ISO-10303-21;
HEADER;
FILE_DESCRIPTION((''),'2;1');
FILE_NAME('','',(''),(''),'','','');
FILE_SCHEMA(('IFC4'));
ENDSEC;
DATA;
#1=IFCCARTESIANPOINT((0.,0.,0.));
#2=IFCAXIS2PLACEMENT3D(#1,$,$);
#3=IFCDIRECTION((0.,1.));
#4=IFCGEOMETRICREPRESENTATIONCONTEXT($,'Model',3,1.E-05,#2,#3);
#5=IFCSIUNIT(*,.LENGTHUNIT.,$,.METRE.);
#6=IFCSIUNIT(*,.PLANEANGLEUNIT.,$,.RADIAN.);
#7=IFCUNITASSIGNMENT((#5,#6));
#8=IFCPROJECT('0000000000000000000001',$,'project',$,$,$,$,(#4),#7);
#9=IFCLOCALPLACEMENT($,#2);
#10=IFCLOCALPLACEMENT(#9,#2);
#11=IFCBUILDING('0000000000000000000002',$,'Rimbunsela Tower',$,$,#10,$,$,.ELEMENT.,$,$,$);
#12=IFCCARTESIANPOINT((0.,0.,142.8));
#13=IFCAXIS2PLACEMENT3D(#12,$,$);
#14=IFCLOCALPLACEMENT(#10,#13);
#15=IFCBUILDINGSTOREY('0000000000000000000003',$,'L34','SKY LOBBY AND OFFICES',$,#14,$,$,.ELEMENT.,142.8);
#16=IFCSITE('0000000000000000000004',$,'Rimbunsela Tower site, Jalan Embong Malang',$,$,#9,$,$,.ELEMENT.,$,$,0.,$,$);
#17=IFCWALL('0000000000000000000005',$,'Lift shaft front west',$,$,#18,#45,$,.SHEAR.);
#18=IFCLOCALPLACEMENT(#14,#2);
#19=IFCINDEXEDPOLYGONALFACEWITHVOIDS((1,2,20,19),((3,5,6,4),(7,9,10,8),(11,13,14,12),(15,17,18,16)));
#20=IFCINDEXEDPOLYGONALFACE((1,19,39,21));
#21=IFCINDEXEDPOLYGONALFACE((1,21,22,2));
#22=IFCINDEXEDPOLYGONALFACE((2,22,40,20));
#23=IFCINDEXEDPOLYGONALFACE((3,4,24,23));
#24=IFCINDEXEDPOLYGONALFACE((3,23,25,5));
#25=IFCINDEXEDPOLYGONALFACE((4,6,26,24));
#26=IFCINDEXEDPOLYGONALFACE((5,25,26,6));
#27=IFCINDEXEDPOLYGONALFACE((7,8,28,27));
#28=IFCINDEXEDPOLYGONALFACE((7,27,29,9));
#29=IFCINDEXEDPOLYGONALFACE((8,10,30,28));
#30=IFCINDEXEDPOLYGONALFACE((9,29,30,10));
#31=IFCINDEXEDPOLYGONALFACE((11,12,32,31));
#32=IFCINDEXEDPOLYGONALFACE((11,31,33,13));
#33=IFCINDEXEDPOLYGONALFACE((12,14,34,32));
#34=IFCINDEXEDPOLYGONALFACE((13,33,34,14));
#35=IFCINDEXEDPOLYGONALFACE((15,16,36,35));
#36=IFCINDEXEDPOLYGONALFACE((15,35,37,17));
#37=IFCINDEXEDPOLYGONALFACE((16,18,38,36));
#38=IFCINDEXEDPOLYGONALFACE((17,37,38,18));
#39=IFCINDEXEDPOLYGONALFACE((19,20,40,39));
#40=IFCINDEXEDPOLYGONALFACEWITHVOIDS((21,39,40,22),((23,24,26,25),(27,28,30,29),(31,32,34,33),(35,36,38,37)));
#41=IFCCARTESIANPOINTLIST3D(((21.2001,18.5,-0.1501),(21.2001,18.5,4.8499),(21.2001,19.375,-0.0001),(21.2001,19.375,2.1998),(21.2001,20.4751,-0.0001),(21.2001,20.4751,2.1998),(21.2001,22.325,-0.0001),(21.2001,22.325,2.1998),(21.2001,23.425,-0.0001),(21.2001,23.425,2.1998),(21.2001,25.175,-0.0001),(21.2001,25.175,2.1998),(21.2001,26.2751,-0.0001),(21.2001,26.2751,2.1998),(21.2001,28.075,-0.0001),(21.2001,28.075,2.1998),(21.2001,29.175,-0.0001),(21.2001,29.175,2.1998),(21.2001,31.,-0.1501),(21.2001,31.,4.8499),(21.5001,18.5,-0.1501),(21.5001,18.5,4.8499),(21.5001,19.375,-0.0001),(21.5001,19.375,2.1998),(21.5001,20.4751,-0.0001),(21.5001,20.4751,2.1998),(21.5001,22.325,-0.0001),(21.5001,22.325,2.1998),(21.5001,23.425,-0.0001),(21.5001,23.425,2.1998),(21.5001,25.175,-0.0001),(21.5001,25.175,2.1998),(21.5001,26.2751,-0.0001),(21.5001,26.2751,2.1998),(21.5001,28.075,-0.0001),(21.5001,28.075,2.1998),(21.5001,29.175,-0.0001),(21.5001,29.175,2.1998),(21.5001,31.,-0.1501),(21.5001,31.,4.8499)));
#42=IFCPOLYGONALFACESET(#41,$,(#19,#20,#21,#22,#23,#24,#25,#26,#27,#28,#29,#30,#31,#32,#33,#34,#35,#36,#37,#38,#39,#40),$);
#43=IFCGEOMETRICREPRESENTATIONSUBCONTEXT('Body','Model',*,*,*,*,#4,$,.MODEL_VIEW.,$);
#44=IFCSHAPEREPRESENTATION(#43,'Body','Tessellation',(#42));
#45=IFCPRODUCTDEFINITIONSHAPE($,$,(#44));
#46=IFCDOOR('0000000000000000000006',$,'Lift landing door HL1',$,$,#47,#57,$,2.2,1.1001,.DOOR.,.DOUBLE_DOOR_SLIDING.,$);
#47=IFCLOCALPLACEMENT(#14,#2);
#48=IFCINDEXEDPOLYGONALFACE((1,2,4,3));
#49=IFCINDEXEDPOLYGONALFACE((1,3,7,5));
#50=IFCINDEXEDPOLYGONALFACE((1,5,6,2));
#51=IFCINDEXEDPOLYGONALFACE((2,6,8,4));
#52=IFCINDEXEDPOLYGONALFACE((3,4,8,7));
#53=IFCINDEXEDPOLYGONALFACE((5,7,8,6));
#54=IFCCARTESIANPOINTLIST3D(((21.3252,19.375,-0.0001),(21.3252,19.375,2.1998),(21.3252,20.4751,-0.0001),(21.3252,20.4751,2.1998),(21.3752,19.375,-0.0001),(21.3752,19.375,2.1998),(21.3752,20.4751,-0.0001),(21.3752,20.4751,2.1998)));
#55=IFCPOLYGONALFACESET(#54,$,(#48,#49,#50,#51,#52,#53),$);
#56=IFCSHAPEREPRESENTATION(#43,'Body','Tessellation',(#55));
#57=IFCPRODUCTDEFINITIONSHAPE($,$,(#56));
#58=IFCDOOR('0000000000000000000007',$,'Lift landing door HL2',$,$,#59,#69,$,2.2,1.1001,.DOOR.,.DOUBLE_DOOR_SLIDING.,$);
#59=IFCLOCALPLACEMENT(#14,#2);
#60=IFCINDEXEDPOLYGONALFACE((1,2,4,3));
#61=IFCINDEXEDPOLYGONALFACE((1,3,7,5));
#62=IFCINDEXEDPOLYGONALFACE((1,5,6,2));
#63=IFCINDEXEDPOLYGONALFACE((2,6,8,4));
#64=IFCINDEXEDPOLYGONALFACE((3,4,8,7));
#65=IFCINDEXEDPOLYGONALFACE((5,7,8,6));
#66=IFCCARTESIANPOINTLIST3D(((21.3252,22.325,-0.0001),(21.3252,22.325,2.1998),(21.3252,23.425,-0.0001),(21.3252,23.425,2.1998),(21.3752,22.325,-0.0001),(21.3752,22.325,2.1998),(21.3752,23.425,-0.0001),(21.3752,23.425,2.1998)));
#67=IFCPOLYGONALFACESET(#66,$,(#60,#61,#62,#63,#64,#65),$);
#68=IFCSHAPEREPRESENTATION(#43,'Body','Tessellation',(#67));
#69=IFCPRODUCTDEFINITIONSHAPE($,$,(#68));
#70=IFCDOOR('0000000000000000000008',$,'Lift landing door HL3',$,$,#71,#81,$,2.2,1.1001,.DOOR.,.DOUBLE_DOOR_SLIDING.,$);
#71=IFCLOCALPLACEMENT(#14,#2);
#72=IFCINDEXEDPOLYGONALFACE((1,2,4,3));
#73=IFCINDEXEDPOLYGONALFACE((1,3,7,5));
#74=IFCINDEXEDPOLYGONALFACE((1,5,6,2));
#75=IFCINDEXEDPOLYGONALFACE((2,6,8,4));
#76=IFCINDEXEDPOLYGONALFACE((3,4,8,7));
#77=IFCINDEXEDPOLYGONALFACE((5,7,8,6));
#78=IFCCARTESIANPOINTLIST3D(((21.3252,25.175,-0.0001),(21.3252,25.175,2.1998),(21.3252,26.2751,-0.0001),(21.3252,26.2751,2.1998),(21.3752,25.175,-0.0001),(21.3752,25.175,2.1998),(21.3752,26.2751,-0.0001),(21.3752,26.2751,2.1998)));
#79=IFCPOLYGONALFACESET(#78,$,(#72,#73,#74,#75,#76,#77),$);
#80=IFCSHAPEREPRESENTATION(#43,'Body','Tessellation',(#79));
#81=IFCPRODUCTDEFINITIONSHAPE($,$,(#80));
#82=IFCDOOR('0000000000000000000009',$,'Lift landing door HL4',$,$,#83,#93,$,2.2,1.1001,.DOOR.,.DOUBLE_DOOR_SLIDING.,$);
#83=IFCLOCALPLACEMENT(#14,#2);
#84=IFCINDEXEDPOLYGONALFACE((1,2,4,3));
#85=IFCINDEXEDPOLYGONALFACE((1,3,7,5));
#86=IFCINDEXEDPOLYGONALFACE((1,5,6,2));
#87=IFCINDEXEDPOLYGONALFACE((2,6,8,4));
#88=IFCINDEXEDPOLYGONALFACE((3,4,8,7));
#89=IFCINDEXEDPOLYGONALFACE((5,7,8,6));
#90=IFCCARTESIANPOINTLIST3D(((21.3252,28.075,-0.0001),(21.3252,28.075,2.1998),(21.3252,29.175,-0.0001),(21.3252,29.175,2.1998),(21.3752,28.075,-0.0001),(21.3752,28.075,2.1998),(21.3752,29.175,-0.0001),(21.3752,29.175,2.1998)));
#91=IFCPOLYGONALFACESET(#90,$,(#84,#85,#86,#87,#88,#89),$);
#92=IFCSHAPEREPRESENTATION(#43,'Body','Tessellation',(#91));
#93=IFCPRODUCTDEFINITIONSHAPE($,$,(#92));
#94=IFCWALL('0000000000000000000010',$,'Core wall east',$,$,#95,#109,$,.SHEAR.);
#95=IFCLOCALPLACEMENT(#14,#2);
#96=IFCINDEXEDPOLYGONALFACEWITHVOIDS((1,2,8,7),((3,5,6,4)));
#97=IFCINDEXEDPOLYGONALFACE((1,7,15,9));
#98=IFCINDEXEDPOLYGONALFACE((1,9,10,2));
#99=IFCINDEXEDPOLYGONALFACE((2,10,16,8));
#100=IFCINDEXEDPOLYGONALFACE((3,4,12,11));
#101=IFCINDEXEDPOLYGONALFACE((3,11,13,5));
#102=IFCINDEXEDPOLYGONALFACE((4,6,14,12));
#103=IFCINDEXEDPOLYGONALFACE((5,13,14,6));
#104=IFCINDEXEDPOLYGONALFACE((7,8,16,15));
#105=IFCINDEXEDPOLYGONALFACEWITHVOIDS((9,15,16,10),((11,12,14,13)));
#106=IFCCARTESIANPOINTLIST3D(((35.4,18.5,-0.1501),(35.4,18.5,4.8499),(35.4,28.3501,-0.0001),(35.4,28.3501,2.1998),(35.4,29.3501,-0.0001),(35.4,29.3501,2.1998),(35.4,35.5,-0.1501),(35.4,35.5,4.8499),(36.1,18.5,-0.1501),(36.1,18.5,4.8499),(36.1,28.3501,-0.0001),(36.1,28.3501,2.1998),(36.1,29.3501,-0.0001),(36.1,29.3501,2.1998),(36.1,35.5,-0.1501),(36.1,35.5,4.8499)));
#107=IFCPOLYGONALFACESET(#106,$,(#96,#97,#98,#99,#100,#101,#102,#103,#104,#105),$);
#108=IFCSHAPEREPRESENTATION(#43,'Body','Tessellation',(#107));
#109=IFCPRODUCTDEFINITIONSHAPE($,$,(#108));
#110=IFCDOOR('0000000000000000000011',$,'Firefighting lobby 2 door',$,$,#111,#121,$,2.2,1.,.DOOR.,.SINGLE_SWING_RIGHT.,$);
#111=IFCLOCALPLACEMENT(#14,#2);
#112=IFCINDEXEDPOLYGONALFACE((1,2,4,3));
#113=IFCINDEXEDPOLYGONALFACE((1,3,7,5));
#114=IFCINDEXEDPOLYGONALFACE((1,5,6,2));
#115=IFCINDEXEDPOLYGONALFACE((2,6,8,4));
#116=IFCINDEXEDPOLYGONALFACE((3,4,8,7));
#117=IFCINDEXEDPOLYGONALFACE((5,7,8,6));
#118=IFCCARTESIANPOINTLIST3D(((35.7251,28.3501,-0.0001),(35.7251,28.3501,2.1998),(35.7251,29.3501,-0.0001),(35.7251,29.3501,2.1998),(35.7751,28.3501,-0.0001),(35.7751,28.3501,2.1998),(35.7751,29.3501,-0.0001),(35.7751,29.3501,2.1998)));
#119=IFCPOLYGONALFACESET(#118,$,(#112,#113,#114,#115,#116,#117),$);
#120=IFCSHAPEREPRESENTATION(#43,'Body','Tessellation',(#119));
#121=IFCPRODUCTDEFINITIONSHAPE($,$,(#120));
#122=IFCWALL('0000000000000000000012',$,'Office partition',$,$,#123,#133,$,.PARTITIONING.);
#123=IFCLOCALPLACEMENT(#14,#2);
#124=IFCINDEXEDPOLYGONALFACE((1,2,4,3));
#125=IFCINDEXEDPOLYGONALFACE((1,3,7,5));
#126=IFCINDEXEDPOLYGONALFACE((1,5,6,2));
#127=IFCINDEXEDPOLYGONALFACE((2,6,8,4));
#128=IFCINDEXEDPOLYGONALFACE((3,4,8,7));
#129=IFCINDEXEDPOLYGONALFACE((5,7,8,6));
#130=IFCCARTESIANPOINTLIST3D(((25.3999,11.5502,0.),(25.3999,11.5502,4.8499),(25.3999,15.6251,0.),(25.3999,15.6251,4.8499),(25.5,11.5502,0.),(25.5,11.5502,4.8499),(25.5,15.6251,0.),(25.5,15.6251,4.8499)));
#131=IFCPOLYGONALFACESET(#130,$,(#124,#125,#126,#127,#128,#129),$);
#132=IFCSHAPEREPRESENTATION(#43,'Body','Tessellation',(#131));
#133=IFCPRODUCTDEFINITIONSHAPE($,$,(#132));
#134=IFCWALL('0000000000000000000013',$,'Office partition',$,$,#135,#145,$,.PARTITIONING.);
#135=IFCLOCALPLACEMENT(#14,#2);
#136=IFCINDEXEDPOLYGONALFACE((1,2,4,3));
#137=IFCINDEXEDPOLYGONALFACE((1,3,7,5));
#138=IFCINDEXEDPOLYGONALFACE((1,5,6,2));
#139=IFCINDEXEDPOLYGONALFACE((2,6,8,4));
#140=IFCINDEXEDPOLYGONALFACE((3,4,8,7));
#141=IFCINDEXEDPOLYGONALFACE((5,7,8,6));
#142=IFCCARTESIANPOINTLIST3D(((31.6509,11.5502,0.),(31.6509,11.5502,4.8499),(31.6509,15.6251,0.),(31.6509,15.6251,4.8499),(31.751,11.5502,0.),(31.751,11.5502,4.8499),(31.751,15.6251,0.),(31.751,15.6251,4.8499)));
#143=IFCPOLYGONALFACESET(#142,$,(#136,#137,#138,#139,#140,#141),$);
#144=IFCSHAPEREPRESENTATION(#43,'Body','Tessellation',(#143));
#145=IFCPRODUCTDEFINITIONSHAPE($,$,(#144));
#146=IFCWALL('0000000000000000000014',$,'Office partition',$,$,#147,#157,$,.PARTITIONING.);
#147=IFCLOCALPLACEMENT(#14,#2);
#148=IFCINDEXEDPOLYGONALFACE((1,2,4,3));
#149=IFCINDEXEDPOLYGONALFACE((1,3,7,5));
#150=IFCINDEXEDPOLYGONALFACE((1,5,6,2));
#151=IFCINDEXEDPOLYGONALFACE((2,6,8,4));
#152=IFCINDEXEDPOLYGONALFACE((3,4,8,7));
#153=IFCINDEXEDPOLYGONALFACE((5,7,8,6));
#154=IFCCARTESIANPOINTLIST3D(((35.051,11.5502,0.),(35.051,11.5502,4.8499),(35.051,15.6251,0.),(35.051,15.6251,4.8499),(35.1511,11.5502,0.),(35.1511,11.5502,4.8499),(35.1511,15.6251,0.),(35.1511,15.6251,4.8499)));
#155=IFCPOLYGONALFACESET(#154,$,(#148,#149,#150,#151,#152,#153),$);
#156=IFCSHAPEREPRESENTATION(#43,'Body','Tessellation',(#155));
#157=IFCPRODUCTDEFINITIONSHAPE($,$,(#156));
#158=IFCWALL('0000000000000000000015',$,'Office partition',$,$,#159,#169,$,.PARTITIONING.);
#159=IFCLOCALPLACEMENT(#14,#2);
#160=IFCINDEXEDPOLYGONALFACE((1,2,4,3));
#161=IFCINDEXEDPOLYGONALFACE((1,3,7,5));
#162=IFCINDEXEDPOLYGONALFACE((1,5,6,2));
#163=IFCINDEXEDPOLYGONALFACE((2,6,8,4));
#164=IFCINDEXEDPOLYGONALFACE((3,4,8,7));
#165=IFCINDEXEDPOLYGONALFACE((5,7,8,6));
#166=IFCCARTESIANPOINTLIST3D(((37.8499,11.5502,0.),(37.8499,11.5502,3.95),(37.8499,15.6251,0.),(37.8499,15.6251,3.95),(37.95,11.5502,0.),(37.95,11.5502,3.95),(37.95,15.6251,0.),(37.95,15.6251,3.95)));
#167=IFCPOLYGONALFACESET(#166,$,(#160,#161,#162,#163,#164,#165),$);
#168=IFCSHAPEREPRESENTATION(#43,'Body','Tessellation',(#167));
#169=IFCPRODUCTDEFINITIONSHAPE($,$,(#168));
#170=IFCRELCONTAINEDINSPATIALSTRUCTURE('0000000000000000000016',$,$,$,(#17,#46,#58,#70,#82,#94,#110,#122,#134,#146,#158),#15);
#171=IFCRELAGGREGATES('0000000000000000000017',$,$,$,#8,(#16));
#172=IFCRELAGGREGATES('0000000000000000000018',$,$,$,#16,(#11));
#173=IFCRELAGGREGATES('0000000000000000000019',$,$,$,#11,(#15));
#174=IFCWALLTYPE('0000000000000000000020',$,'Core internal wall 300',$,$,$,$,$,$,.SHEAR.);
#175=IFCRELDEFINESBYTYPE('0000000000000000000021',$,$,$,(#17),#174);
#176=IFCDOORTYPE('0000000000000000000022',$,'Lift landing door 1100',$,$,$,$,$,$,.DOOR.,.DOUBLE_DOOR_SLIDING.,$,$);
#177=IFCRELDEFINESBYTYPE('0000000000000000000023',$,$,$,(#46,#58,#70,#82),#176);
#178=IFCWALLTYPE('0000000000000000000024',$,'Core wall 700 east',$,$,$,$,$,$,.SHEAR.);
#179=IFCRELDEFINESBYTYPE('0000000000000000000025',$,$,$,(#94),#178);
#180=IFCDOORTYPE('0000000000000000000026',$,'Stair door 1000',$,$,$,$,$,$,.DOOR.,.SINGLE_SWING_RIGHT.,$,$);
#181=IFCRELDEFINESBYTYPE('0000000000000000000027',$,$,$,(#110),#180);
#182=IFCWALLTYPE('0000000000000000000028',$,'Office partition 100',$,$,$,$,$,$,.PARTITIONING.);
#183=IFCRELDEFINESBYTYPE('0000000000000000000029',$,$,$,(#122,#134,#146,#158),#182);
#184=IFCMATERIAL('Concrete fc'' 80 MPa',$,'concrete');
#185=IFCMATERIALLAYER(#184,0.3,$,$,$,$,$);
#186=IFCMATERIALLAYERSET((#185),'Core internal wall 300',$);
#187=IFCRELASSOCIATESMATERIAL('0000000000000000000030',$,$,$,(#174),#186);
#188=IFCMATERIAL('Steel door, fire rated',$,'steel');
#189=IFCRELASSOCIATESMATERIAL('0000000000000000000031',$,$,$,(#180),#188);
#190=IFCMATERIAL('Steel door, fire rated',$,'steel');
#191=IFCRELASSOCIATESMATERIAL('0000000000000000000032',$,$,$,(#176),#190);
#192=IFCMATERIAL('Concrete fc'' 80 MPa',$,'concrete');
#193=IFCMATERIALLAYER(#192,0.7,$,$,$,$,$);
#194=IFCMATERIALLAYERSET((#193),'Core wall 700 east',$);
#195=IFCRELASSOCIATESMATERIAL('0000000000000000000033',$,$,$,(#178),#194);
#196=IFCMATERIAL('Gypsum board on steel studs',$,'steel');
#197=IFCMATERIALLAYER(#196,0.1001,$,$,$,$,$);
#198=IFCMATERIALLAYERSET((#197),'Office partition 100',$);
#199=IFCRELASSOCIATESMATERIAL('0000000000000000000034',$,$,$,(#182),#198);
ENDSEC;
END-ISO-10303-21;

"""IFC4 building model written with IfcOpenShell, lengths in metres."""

from ifc_helpers import new_model, si_unit, direction, frame, frame_2d, origin, place, context, subcontext, project, spatial, rectangle, extrude, material, layer, layer_set, type_object, element, fill, save


model = new_model("IFC4")

# Units and contexts
model_context = context("Model", 3, precision=1e-05, world=origin(), true_north=direction((0.0, 1.0)))
body_context = subcontext(model_context, "Body", "Model", "MODEL_VIEW")
ifc_project = project(units=[si_unit("LENGTHUNIT", "METRE"), si_unit("PLANEANGLEUNIT", "RADIAN")], contexts=[model_context])

# Site, building, storey
site_placement = place(None, origin())
site = spatial("IfcSite", under=ifc_project, at=site_placement, Name="Rimbunsela Tower site, Jalan Embong Malang", CompositionType="ELEMENT", RefElevation=0.0)
building_placement = place(site_placement, origin())
building = spatial("IfcBuilding", under=site, at=building_placement, Name="Rimbunsela Tower", CompositionType="ELEMENT")
storey_placement = place(building_placement, frame((0.0, 0.0, 142.8)))
storey = spatial("IfcBuildingStorey", under=building, at=storey_placement, Name="L34", Description="SKY LOBBY AND OFFICES", CompositionType="ELEMENT", Elevation=142.8)

# Shared definitions
ifc_material_1 = material(Name="Concrete fc' 80 MPa", Category="concrete")
ifc_layer_1 = layer(ifc_material_1, 0.3)
ifc_layer_set_1 = layer_set([ifc_layer_1], Name="Core internal wall 300")
wall_type_1 = type_object("IfcWallType", Name="Core internal wall 300", PredefinedType="SHEAR", material=ifc_layer_set_1)
ifc_material_2 = material(Name="Steel door, fire rated", Category="steel")
door_type_1 = type_object("IfcDoorType", Name="Stair door 1000", OperationType="SINGLE_SWING_RIGHT", PredefinedType="DOOR", material=ifc_material_2)

# Wall, openings, doors
wall_1_placement = place(storey_placement, frame((21.3501, 18.5, -0.1501), z_axis=(0.0, 0.0, 1.0), x_axis=(0.0, 1.0, 0.0)))
wall_1 = element("IfcWall", 1, at=wall_1_placement, inside=storey, type_object=wall_type_1, Name="Lift shaft front west", PredefinedType="SHEAR", context=body_context, shape_type="SweptSolid", body=[
    extrude(rectangle(XDim=12.5, YDim=0.3, at=frame_2d((6.25, 0.0))), origin(), (0.0, 0.0, 1.0), 5.0),
])
opening_1_placement = place(wall_1_placement, frame((0.875, 0.0, 0.1499)))
opening_1 = element("IfcOpeningElement", 2, at=opening_1_placement, cuts=wall_1, PredefinedType="OPENING", context=body_context, shape_type="SweptSolid", body=[
    extrude(rectangle(XDim=1.1001, YDim=2.2, at=frame_2d((0.55, 1.1001))), frame((0.0, 0.1599, 0.0), z_axis=(0.0, -1.0, 0.0), x_axis=(1.0, 0.0, 0.0)), (0.0, 0.0, 1.0), 0.3201),
])
opening_2_placement = place(wall_1_placement, frame((3.825, 0.0, 0.1499)))
opening_2 = element("IfcOpeningElement", 3, at=opening_2_placement, cuts=wall_1, PredefinedType="OPENING", context=body_context, shape_type="SweptSolid", body=[
    extrude(rectangle(XDim=1.1001, YDim=2.2, at=frame_2d((0.55, 1.1001))), frame((0.0, 0.1599, 0.0), z_axis=(0.0, -1.0, 0.0), x_axis=(1.0, 0.0, 0.0)), (0.0, 0.0, 1.0), 0.3201),
])
opening_3_placement = place(wall_1_placement, frame((6.675, 0.0, 0.1499)))
opening_3 = element("IfcOpeningElement", 4, at=opening_3_placement, cuts=wall_1, PredefinedType="OPENING", context=body_context, shape_type="SweptSolid", body=[
    extrude(rectangle(XDim=1.1001, YDim=2.2, at=frame_2d((0.55, 1.1001))), frame((0.0, 0.1599, 0.0), z_axis=(0.0, -1.0, 0.0), x_axis=(1.0, 0.0, 0.0)), (0.0, 0.0, 1.0), 0.3201),
])
opening_4_placement = place(wall_1_placement, frame((9.575, 0.0, 0.1499)))
opening_4 = element("IfcOpeningElement", 5, at=opening_4_placement, cuts=wall_1, PredefinedType="OPENING", context=body_context, shape_type="SweptSolid", body=[
    extrude(rectangle(XDim=1.1001, YDim=2.2, at=frame_2d((0.55, 1.1001))), frame((0.0, 0.1599, 0.0), z_axis=(0.0, -1.0, 0.0), x_axis=(1.0, 0.0, 0.0)), (0.0, 0.0, 1.0), 0.3201),
])
ifc_material_3 = material(Name="Steel door, fire rated", Category="steel")
door_type_2 = type_object("IfcDoorType", Name="Lift landing door 1100", OperationType="DOUBLE_DOOR_SLIDING", PredefinedType="DOOR", material=ifc_material_3)
door_1_placement = place(opening_1_placement, origin())
door_1 = element("IfcDoor", 6, at=door_1_placement, inside=storey, type_object=door_type_2, Name="Lift landing door HL1", OperationType="DOUBLE_DOOR_SLIDING", OverallHeight=2.2, OverallWidth=1.1001, PredefinedType="DOOR", context=body_context, shape_type="SweptSolid", body=[
    extrude(rectangle(XDim=1.1001, YDim=2.2, at=frame_2d((0.55, 1.1001))), frame((0.0, 0.0249, 0.0), z_axis=(0.0, -1.0, 0.0), x_axis=(1.0, 0.0, 0.0)), (0.0, 0.0, 1.0), 0.05),
])
fill(opening_1, door_1)
door_2_placement = place(opening_2_placement, origin())
door_2 = element("IfcDoor", 7, at=door_2_placement, inside=storey, type_object=door_type_2, Name="Lift landing door HL2", OperationType="DOUBLE_DOOR_SLIDING", OverallHeight=2.2, OverallWidth=1.1001, PredefinedType="DOOR", context=body_context, shape_type="SweptSolid", body=[
    extrude(rectangle(XDim=1.1001, YDim=2.2, at=frame_2d((0.55, 1.1001))), frame((0.0, 0.0249, 0.0), z_axis=(0.0, -1.0, 0.0), x_axis=(1.0, 0.0, 0.0)), (0.0, 0.0, 1.0), 0.05),
])
fill(opening_2, door_2)
door_3_placement = place(opening_3_placement, origin())
door_3 = element("IfcDoor", 8, at=door_3_placement, inside=storey, type_object=door_type_2, Name="Lift landing door HL3", OperationType="DOUBLE_DOOR_SLIDING", OverallHeight=2.2, OverallWidth=1.1001, PredefinedType="DOOR", context=body_context, shape_type="SweptSolid", body=[
    extrude(rectangle(XDim=1.1001, YDim=2.2, at=frame_2d((0.55, 1.1001))), frame((0.0, 0.0249, 0.0), z_axis=(0.0, -1.0, 0.0), x_axis=(1.0, 0.0, 0.0)), (0.0, 0.0, 1.0), 0.05),
])
fill(opening_3, door_3)
door_4_placement = place(opening_4_placement, origin())
door_4 = element("IfcDoor", 9, at=door_4_placement, inside=storey, type_object=door_type_2, Name="Lift landing door HL4", OperationType="DOUBLE_DOOR_SLIDING", OverallHeight=2.2, OverallWidth=1.1001, PredefinedType="DOOR", context=body_context, shape_type="SweptSolid", body=[
    extrude(rectangle(XDim=1.1001, YDim=2.2, at=frame_2d((0.55, 1.1001))), frame((0.0, 0.0249, 0.0), z_axis=(0.0, -1.0, 0.0), x_axis=(1.0, 0.0, 0.0)), (0.0, 0.0, 1.0), 0.05),
])
fill(opening_4, door_4)

# Wall, opening, door
ifc_material_4 = material(Name="Concrete fc' 80 MPa", Category="concrete")
ifc_layer_2 = layer(ifc_material_4, 0.7)
ifc_layer_set_2 = layer_set([ifc_layer_2], Name="Core wall 700 east")
wall_type_2 = type_object("IfcWallType", Name="Core wall 700 east", PredefinedType="SHEAR", material=ifc_layer_set_2)
wall_2_placement = place(storey_placement, frame((35.75, 18.5, -0.1501), z_axis=(0.0, 0.0, 1.0), x_axis=(0.0, 1.0, 0.0)))
wall_2 = element("IfcWall", 10, at=wall_2_placement, inside=storey, type_object=wall_type_2, Name="Core wall east", PredefinedType="SHEAR", context=body_context, shape_type="SweptSolid", body=[
    extrude(rectangle(XDim=17.0, YDim=0.7, at=frame_2d((8.5, 0.0))), origin(), (0.0, 0.0, 1.0), 5.0),
])
opening_5_placement = place(wall_2_placement, frame((9.8501, 0.0, 0.1499)))
opening_5 = element("IfcOpeningElement", 11, at=opening_5_placement, cuts=wall_2, PredefinedType="OPENING", context=body_context, shape_type="SweptSolid", body=[
    extrude(rectangle(XDim=1.0, YDim=2.2, at=frame_2d((0.5, 1.1001))), frame((0.0, 0.3599, 0.0), z_axis=(0.0, -1.0, 0.0), x_axis=(1.0, 0.0, 0.0)), (0.0, 0.0, 1.0), 0.72),
])
door_5_placement = place(opening_5_placement, origin())
door_5 = element("IfcDoor", 12, at=door_5_placement, inside=storey, type_object=door_type_1, Name="Firefighting lobby 2 door", OperationType="SINGLE_SWING_RIGHT", OverallHeight=2.2, OverallWidth=1.0, PredefinedType="DOOR", context=body_context, shape_type="SweptSolid", body=[
    extrude(rectangle(XDim=1.0, YDim=2.2, at=frame_2d((0.5, 1.1001))), frame((0.0, 0.0249, 0.0), z_axis=(0.0, -1.0, 0.0), x_axis=(1.0, 0.0, 0.0)), (0.0, 0.0, 1.0), 0.05),
])
fill(opening_5, door_5)

# Walls
ifc_material_5 = material(Name="Gypsum board on steel studs", Category="steel")
ifc_layer_3 = layer(ifc_material_5, 0.1001)
ifc_layer_set_3 = layer_set([ifc_layer_3], Name="Office partition 100")
wall_type_3 = type_object("IfcWallType", Name="Office partition 100", PredefinedType="PARTITIONING", material=ifc_layer_set_3)
for number, where, z_axis, x_axis, name in (
    (13, (25.45, 11.55, 0.0), (0.0, 0.0, 1.0), (0.0, 1.0, 0.0), "Office partition"),
    (14, (31.7009, 11.55, 0.0), (0.0, 0.0, 1.0), (0.0, 1.0, 0.0), "Office partition"),
    (15, (35.1011, 11.55, 0.0), (0.0, 0.0, 1.0), (0.0, 1.0, 0.0), "Office partition"),
):
    element("IfcWall", number, at=place(storey_placement, frame(where, z_axis=z_axis, x_axis=x_axis)), inside=storey, type_object=wall_type_3, Name=name, PredefinedType="PARTITIONING", context=body_context, shape_type="SweptSolid", body=[
        extrude(rectangle(XDim=4.075, YDim=0.1001, at=frame_2d((2.0376, 0.0))), origin(), (0.0, 0.0, 1.0), 4.8499),
    ])
wall_3_placement = place(storey_placement, frame((37.8999, 11.55, 0.0), z_axis=(0.0, 0.0, 1.0), x_axis=(0.0, 1.0, 0.0)))
element("IfcWall", 16, at=wall_3_placement, inside=storey, type_object=wall_type_3, Name="Office partition", PredefinedType="PARTITIONING", context=body_context, shape_type="SweptSolid", body=[
    extrude(rectangle(XDim=4.075, YDim=0.1001, at=frame_2d((2.0376, 0.0))), origin(), (0.0, 0.0, 1.0), 3.95),
])

save(model, "model.ifc")
